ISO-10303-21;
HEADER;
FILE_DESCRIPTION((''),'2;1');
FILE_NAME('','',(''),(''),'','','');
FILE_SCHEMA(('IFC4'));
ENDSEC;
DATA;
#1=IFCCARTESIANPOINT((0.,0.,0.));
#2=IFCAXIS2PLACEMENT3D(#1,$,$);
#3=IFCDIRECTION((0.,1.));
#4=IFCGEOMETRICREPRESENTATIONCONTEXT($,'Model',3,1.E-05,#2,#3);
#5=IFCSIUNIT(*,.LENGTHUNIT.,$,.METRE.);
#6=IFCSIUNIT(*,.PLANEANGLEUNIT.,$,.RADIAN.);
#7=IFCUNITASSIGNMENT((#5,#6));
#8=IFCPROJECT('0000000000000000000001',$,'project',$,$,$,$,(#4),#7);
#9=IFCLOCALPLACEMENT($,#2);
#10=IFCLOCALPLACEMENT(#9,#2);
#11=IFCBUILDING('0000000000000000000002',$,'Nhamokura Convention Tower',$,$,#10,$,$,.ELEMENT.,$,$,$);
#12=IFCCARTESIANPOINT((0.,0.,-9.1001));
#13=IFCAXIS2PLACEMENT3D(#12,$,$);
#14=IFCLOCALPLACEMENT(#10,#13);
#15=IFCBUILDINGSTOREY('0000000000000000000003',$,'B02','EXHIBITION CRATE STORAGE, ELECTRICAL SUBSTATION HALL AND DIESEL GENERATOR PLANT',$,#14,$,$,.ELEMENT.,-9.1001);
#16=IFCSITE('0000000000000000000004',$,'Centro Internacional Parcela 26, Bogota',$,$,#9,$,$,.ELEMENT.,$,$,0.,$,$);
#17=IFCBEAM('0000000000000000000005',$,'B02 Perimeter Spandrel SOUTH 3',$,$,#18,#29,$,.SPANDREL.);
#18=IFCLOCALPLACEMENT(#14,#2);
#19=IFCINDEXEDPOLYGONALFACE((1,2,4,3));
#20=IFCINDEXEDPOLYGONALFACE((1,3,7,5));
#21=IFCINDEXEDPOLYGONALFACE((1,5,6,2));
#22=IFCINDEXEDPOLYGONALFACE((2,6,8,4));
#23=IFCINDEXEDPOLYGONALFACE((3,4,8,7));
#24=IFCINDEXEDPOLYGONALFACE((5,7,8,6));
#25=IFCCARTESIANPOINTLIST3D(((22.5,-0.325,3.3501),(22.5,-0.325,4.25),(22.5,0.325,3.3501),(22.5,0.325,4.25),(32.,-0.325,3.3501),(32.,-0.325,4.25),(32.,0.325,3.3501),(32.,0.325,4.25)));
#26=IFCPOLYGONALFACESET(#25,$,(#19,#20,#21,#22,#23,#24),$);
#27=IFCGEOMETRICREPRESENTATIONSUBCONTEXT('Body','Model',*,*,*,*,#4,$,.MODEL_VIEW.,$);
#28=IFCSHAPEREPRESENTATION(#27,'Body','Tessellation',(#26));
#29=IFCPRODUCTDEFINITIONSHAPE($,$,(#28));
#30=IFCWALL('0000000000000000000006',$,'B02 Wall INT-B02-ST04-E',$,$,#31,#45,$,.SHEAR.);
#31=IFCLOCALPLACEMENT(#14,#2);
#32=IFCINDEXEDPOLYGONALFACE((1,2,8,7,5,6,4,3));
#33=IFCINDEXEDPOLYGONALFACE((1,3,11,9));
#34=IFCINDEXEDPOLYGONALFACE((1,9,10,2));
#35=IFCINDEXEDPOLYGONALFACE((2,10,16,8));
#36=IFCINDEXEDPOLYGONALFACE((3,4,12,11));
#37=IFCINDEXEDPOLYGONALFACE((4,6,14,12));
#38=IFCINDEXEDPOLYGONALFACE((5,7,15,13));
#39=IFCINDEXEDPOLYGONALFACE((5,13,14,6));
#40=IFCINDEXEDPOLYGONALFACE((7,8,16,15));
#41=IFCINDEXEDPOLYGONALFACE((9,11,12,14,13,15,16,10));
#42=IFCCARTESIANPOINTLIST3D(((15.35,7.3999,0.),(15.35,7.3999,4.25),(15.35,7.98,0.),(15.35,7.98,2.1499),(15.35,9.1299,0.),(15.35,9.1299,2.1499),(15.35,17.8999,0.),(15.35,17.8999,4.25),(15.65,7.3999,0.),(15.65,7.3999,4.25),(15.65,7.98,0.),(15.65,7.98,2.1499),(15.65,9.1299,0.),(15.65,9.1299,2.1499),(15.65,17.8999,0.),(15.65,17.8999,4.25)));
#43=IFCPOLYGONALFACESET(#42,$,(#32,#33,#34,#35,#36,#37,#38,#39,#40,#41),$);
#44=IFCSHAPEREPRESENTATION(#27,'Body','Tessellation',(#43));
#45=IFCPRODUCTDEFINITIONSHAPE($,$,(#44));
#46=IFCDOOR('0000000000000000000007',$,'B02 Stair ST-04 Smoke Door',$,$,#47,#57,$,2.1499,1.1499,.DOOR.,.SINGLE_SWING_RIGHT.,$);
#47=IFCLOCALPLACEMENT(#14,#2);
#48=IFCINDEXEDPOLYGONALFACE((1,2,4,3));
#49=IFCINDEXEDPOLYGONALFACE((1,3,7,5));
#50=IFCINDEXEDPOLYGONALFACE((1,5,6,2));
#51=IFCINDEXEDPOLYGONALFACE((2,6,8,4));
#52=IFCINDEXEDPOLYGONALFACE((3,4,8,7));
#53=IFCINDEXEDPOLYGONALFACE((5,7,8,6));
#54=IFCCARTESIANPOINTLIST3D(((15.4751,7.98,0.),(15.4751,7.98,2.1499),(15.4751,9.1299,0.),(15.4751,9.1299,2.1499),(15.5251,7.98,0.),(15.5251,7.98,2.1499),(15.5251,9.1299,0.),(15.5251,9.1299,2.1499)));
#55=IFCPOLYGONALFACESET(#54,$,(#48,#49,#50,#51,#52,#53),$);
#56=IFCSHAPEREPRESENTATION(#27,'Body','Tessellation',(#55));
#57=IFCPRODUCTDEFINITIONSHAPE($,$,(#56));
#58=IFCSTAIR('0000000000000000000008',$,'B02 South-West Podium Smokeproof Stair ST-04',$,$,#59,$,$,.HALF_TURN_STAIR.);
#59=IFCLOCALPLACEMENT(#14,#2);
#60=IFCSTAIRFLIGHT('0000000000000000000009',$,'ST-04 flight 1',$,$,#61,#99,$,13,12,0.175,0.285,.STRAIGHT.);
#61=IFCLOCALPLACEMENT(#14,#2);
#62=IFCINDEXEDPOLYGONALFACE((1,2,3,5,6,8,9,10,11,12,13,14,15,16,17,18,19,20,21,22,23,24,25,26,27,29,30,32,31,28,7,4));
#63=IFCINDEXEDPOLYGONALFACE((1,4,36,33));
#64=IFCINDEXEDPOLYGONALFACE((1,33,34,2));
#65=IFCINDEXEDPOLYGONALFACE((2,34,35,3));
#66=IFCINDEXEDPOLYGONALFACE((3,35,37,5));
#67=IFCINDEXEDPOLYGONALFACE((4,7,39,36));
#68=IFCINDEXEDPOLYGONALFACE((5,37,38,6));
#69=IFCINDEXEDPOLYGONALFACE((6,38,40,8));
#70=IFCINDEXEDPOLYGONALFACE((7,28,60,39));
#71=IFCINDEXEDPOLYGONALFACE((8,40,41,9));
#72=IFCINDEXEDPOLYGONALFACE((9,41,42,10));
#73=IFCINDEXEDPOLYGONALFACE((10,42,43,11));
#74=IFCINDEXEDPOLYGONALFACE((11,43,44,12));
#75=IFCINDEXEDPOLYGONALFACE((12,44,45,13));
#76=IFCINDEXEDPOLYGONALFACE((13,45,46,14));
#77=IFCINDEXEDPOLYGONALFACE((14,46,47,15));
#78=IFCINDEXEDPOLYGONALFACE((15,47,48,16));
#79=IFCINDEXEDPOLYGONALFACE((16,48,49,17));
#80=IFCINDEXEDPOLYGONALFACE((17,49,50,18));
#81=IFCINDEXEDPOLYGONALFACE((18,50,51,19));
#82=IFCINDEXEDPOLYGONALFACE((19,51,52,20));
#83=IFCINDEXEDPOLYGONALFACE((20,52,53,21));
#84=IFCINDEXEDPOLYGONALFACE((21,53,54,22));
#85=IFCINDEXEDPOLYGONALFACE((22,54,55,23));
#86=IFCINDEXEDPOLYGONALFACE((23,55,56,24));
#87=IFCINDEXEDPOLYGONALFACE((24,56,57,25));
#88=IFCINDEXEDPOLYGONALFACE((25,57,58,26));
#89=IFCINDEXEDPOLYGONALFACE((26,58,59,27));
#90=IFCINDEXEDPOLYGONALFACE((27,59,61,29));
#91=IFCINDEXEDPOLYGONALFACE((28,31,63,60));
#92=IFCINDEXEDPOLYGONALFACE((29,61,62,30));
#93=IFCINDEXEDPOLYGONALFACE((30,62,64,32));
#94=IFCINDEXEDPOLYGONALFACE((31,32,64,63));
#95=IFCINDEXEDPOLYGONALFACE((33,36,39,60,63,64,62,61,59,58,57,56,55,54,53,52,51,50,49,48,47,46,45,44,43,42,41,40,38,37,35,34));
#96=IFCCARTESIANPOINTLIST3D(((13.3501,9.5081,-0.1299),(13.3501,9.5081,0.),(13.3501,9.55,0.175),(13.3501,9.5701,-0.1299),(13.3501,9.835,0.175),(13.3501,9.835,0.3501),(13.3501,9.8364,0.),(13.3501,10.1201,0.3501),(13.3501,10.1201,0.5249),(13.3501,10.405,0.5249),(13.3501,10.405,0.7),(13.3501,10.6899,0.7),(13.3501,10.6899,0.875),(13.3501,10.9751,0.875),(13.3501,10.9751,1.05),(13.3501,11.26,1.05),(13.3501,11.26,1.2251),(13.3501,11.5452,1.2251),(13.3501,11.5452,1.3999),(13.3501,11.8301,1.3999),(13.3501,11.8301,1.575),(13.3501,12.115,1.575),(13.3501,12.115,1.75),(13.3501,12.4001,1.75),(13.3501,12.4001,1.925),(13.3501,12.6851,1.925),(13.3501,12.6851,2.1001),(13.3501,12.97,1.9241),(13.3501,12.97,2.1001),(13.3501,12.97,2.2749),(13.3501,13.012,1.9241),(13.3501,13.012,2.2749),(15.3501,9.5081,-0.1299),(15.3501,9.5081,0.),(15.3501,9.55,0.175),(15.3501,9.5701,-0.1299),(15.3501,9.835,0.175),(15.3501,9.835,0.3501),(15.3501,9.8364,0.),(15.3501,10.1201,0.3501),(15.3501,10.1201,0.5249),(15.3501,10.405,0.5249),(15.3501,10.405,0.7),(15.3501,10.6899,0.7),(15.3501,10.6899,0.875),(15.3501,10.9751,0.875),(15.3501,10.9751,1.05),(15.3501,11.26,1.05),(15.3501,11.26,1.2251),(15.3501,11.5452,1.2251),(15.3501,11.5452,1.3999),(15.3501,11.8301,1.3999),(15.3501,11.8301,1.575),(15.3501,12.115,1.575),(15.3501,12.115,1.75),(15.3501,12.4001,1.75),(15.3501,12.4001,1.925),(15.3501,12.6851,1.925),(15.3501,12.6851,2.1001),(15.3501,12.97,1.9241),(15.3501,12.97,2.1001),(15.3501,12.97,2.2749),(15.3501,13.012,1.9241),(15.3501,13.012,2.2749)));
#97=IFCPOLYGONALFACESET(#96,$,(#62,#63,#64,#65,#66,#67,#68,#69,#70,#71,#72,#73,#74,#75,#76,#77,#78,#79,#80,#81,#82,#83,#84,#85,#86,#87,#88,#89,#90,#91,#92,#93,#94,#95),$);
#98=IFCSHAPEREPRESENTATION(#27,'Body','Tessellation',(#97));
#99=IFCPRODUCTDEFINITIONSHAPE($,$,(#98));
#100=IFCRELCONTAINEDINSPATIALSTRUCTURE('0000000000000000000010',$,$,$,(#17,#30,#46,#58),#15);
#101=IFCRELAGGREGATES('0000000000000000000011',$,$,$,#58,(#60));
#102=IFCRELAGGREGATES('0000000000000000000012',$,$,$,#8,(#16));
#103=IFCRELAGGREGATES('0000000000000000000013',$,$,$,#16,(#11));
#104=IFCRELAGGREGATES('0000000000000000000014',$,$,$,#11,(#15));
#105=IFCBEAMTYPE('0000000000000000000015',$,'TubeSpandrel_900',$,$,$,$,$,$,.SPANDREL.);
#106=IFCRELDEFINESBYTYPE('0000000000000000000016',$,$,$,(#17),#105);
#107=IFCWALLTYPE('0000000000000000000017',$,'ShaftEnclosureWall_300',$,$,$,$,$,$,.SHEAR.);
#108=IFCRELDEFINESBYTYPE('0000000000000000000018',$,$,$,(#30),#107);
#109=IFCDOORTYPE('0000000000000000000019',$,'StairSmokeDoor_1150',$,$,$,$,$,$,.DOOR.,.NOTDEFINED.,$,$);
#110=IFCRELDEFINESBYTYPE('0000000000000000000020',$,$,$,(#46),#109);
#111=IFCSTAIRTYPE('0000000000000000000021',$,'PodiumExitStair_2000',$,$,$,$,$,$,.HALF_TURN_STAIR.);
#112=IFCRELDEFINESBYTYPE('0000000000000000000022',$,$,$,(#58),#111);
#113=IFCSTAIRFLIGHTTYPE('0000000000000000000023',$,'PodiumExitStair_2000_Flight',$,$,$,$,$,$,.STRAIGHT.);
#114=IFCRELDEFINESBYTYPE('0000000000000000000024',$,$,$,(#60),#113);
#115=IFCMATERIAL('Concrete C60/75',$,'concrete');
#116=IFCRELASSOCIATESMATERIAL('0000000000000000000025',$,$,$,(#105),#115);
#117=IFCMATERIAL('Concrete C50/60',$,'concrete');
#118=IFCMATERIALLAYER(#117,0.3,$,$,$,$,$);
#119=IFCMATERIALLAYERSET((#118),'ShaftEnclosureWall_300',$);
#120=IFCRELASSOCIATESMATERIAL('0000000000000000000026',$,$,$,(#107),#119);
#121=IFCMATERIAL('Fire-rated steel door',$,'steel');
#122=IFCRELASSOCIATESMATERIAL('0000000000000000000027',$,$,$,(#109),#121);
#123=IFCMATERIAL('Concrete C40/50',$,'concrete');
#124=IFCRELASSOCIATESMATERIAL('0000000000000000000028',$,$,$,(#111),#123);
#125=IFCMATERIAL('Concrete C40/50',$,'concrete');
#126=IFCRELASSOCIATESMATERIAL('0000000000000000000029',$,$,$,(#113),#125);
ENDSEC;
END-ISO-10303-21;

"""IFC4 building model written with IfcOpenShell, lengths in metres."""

from ifc_helpers import new_model, si_unit, direction, frame, frame_2d, origin, origin_2d, place, context, subcontext, project, spatial, polyline, rectangle, outline, extrude, material, layer, layer_set, material_profile, profile_set, type_object, element, fill, aggregate, save


model = new_model("IFC4")

# Units and contexts
model_context = context("Model", 3, precision=1e-05, world=origin(), true_north=direction((0.0, 1.0)))
body_context = subcontext(model_context, "Body", "Model", "MODEL_VIEW")
ifc_project = project(units=[si_unit("LENGTHUNIT", "METRE"), si_unit("PLANEANGLEUNIT", "RADIAN")], contexts=[model_context])

# Site, building, storey
site_placement = place(None, origin())
site = spatial("IfcSite", under=ifc_project, at=site_placement, Name="Centro Internacional Parcela 26, Bogota", CompositionType="ELEMENT", RefElevation=0.0)
building_placement = place(site_placement, origin())
building = spatial("IfcBuilding", under=site, at=building_placement, Name="Nhamokura Convention Tower", CompositionType="ELEMENT")
storey_placement = place(building_placement, frame((0.0, 0.0, -9.1001)))
storey = spatial("IfcBuildingStorey", under=building, at=storey_placement, Name="B02", Description="EXHIBITION CRATE STORAGE, ELECTRICAL SUBSTATION HALL AND DIESEL GENERATOR PLANT", CompositionType="ELEMENT", Elevation=-9.1001)

# Beam
ifc_material_1 = material(Name="Concrete C60/75", Category="concrete")
ifc_material_profile_1 = material_profile(ifc_material_1, rectangle(XDim=0.6499, YDim=0.8999, at=origin_2d()))
ifc_profile_set_1 = profile_set([ifc_material_profile_1], Name="Concrete C60/75")
beam_type_1 = type_object("IfcBeamType", Name="TubeSpandrel_900", PredefinedType="SPANDREL", material=ifc_profile_set_1)
for number, where, z_axis, x_axis, name in (
    (1, (22.5, 0.0, 3.8), (1.0, 0.0, 0.0), (0.0, 1.0, 0.0), "B02 Perimeter Spandrel SOUTH 3"),
):
    element("IfcBeam", number, at=place(storey_placement, frame(where, z_axis=z_axis, x_axis=x_axis)), inside=storey, type_object=beam_type_1, Name=name, PredefinedType="SPANDREL", context=body_context, shape_type="SweptSolid", body=[
        extrude(rectangle(XDim=0.6499, YDim=0.8999, at=origin_2d()), origin(), (0.0, 0.0, 1.0), 9.5),
    ])

# Wall, opening, door
ifc_material_2 = material(Name="Concrete C50/60", Category="concrete")
ifc_layer = layer(ifc_material_2, 0.3)
ifc_layer_set = layer_set([ifc_layer], Name="ShaftEnclosureWall_300")
wall_type = type_object("IfcWallType", Name="ShaftEnclosureWall_300", PredefinedType="SHEAR", material=ifc_layer_set)
wall_placement = place(storey_placement, frame((15.5, 7.3999, 0.0), z_axis=(0.0, 0.0, 1.0), x_axis=(0.0, 1.0, 0.0)))
wall = element("IfcWall", 2, at=wall_placement, inside=storey, type_object=wall_type, Name="B02 Wall INT-B02-ST04-E", PredefinedType="SHEAR", context=body_context, shape_type="SweptSolid", body=[
    extrude(rectangle(XDim=10.5, YDim=0.3, at=frame_2d((5.25, 0.0))), origin(), (0.0, 0.0, 1.0), 4.25),
])
opening_placement = place(wall_placement, frame((0.5801, 0.0, 0.0)))
opening = element("IfcOpeningElement", 3, at=opening_placement, cuts=wall, PredefinedType="OPENING", context=body_context, shape_type="SweptSolid", body=[
    extrude(rectangle(XDim=1.1499, YDim=2.1499, at=frame_2d((0.575, 1.075))), frame((0.0, 0.1599, 0.0), z_axis=(0.0, -1.0, 0.0), x_axis=(1.0, 0.0, 0.0)), (0.0, 0.0, 1.0), 0.3201),
])
ifc_material_3 = material(Name="Fire-rated steel door", Category="steel")
door_type = type_object("IfcDoorType", Name="StairSmokeDoor_1150", OperationType="NOTDEFINED", PredefinedType="DOOR", material=ifc_material_3)
door_placement = place(opening_placement, origin())
door = element("IfcDoor", 4, at=door_placement, inside=storey, type_object=door_type, Name="B02 Stair ST-04 Smoke Door", OperationType="SINGLE_SWING_RIGHT", OverallHeight=2.1499, OverallWidth=1.1499, PredefinedType="DOOR", context=body_context, shape_type="SweptSolid", body=[
    extrude(rectangle(XDim=1.1499, YDim=2.1499, at=frame_2d((0.575, 1.075))), frame((0.0, 0.0249, 0.0), z_axis=(0.0, -1.0, 0.0), x_axis=(1.0, 0.0, 0.0)), (0.0, 0.0, 1.0), 0.05),
])
fill(opening, door)

# Stair, stair flight
ifc_material_4 = material(Name="Concrete C40/50", Category="concrete")
stair_type = type_object("IfcStairType", Name="PodiumExitStair_2000", PredefinedType="HALF_TURN_STAIR", material=ifc_material_4)
stair_placement = place(storey_placement, origin())
stair = element("IfcStair", 5, at=stair_placement, inside=storey, type_object=stair_type, Name="B02 South-West Podium Smokeproof Stair ST-04", PredefinedType="HALF_TURN_STAIR")
ifc_material_5 = material(Name="Concrete C40/50", Category="concrete")
stair_flight_type = type_object("IfcStairFlightType", Name="PodiumExitStair_2000_Flight", PredefinedType="STRAIGHT", material=ifc_material_5)
stair_flight_placement = place(storey_placement, frame((14.3501, 9.55, 0.0), z_axis=(0.0, 0.0, 1.0), x_axis=(0.0, 1.0, 0.0)))
stair_flight = element("IfcStairFlight", 6, at=stair_flight_placement, type_object=stair_flight_type, Name="ST-04 flight 1", NumberOfRisers=13, NumberOfTreads=12, PredefinedType="STRAIGHT", RiserHeight=0.175, TreadLength=0.285, context=body_context, shape_type="SweptSolid", body=[
    extrude(outline(polyline([(-0.042, 0.0), (0.0, 0.175), (0.2849, 0.175), (0.2849, 0.3501), (0.5701, 0.3501), (0.5701, 0.5249), (0.855, 0.5249), (0.855, 0.7), (1.1399, 0.7), (1.1399, 0.875), (1.425, 0.875), (1.425, 1.05), (1.71, 1.05), (1.71, 1.2251), (1.9951, 1.2251), (1.9951, 1.3999), (2.28, 1.3999), (2.28, 1.575), (2.5649, 1.575), (2.5649, 1.75), (2.8501, 1.75), (2.8501, 1.925), (3.135, 1.925), (3.135, 2.1001), (3.4199, 2.1001), (3.4199, 2.2749), (3.4619, 2.2749), (3.4619, 1.9241), (3.4199, 1.9241), (0.2864, 0.0), (0.02, -0.1299), (-0.042, -0.1299), (-0.042, 0.0)])), frame((0.0, 1.0, 0.0), z_axis=(0.0, -1.0, 0.0), x_axis=(1.0, 0.0, 0.0)), (0.0, 0.0, 1.0), 2.0),
])
aggregate(stair, [stair_flight])

save(model, "model.ifc")
